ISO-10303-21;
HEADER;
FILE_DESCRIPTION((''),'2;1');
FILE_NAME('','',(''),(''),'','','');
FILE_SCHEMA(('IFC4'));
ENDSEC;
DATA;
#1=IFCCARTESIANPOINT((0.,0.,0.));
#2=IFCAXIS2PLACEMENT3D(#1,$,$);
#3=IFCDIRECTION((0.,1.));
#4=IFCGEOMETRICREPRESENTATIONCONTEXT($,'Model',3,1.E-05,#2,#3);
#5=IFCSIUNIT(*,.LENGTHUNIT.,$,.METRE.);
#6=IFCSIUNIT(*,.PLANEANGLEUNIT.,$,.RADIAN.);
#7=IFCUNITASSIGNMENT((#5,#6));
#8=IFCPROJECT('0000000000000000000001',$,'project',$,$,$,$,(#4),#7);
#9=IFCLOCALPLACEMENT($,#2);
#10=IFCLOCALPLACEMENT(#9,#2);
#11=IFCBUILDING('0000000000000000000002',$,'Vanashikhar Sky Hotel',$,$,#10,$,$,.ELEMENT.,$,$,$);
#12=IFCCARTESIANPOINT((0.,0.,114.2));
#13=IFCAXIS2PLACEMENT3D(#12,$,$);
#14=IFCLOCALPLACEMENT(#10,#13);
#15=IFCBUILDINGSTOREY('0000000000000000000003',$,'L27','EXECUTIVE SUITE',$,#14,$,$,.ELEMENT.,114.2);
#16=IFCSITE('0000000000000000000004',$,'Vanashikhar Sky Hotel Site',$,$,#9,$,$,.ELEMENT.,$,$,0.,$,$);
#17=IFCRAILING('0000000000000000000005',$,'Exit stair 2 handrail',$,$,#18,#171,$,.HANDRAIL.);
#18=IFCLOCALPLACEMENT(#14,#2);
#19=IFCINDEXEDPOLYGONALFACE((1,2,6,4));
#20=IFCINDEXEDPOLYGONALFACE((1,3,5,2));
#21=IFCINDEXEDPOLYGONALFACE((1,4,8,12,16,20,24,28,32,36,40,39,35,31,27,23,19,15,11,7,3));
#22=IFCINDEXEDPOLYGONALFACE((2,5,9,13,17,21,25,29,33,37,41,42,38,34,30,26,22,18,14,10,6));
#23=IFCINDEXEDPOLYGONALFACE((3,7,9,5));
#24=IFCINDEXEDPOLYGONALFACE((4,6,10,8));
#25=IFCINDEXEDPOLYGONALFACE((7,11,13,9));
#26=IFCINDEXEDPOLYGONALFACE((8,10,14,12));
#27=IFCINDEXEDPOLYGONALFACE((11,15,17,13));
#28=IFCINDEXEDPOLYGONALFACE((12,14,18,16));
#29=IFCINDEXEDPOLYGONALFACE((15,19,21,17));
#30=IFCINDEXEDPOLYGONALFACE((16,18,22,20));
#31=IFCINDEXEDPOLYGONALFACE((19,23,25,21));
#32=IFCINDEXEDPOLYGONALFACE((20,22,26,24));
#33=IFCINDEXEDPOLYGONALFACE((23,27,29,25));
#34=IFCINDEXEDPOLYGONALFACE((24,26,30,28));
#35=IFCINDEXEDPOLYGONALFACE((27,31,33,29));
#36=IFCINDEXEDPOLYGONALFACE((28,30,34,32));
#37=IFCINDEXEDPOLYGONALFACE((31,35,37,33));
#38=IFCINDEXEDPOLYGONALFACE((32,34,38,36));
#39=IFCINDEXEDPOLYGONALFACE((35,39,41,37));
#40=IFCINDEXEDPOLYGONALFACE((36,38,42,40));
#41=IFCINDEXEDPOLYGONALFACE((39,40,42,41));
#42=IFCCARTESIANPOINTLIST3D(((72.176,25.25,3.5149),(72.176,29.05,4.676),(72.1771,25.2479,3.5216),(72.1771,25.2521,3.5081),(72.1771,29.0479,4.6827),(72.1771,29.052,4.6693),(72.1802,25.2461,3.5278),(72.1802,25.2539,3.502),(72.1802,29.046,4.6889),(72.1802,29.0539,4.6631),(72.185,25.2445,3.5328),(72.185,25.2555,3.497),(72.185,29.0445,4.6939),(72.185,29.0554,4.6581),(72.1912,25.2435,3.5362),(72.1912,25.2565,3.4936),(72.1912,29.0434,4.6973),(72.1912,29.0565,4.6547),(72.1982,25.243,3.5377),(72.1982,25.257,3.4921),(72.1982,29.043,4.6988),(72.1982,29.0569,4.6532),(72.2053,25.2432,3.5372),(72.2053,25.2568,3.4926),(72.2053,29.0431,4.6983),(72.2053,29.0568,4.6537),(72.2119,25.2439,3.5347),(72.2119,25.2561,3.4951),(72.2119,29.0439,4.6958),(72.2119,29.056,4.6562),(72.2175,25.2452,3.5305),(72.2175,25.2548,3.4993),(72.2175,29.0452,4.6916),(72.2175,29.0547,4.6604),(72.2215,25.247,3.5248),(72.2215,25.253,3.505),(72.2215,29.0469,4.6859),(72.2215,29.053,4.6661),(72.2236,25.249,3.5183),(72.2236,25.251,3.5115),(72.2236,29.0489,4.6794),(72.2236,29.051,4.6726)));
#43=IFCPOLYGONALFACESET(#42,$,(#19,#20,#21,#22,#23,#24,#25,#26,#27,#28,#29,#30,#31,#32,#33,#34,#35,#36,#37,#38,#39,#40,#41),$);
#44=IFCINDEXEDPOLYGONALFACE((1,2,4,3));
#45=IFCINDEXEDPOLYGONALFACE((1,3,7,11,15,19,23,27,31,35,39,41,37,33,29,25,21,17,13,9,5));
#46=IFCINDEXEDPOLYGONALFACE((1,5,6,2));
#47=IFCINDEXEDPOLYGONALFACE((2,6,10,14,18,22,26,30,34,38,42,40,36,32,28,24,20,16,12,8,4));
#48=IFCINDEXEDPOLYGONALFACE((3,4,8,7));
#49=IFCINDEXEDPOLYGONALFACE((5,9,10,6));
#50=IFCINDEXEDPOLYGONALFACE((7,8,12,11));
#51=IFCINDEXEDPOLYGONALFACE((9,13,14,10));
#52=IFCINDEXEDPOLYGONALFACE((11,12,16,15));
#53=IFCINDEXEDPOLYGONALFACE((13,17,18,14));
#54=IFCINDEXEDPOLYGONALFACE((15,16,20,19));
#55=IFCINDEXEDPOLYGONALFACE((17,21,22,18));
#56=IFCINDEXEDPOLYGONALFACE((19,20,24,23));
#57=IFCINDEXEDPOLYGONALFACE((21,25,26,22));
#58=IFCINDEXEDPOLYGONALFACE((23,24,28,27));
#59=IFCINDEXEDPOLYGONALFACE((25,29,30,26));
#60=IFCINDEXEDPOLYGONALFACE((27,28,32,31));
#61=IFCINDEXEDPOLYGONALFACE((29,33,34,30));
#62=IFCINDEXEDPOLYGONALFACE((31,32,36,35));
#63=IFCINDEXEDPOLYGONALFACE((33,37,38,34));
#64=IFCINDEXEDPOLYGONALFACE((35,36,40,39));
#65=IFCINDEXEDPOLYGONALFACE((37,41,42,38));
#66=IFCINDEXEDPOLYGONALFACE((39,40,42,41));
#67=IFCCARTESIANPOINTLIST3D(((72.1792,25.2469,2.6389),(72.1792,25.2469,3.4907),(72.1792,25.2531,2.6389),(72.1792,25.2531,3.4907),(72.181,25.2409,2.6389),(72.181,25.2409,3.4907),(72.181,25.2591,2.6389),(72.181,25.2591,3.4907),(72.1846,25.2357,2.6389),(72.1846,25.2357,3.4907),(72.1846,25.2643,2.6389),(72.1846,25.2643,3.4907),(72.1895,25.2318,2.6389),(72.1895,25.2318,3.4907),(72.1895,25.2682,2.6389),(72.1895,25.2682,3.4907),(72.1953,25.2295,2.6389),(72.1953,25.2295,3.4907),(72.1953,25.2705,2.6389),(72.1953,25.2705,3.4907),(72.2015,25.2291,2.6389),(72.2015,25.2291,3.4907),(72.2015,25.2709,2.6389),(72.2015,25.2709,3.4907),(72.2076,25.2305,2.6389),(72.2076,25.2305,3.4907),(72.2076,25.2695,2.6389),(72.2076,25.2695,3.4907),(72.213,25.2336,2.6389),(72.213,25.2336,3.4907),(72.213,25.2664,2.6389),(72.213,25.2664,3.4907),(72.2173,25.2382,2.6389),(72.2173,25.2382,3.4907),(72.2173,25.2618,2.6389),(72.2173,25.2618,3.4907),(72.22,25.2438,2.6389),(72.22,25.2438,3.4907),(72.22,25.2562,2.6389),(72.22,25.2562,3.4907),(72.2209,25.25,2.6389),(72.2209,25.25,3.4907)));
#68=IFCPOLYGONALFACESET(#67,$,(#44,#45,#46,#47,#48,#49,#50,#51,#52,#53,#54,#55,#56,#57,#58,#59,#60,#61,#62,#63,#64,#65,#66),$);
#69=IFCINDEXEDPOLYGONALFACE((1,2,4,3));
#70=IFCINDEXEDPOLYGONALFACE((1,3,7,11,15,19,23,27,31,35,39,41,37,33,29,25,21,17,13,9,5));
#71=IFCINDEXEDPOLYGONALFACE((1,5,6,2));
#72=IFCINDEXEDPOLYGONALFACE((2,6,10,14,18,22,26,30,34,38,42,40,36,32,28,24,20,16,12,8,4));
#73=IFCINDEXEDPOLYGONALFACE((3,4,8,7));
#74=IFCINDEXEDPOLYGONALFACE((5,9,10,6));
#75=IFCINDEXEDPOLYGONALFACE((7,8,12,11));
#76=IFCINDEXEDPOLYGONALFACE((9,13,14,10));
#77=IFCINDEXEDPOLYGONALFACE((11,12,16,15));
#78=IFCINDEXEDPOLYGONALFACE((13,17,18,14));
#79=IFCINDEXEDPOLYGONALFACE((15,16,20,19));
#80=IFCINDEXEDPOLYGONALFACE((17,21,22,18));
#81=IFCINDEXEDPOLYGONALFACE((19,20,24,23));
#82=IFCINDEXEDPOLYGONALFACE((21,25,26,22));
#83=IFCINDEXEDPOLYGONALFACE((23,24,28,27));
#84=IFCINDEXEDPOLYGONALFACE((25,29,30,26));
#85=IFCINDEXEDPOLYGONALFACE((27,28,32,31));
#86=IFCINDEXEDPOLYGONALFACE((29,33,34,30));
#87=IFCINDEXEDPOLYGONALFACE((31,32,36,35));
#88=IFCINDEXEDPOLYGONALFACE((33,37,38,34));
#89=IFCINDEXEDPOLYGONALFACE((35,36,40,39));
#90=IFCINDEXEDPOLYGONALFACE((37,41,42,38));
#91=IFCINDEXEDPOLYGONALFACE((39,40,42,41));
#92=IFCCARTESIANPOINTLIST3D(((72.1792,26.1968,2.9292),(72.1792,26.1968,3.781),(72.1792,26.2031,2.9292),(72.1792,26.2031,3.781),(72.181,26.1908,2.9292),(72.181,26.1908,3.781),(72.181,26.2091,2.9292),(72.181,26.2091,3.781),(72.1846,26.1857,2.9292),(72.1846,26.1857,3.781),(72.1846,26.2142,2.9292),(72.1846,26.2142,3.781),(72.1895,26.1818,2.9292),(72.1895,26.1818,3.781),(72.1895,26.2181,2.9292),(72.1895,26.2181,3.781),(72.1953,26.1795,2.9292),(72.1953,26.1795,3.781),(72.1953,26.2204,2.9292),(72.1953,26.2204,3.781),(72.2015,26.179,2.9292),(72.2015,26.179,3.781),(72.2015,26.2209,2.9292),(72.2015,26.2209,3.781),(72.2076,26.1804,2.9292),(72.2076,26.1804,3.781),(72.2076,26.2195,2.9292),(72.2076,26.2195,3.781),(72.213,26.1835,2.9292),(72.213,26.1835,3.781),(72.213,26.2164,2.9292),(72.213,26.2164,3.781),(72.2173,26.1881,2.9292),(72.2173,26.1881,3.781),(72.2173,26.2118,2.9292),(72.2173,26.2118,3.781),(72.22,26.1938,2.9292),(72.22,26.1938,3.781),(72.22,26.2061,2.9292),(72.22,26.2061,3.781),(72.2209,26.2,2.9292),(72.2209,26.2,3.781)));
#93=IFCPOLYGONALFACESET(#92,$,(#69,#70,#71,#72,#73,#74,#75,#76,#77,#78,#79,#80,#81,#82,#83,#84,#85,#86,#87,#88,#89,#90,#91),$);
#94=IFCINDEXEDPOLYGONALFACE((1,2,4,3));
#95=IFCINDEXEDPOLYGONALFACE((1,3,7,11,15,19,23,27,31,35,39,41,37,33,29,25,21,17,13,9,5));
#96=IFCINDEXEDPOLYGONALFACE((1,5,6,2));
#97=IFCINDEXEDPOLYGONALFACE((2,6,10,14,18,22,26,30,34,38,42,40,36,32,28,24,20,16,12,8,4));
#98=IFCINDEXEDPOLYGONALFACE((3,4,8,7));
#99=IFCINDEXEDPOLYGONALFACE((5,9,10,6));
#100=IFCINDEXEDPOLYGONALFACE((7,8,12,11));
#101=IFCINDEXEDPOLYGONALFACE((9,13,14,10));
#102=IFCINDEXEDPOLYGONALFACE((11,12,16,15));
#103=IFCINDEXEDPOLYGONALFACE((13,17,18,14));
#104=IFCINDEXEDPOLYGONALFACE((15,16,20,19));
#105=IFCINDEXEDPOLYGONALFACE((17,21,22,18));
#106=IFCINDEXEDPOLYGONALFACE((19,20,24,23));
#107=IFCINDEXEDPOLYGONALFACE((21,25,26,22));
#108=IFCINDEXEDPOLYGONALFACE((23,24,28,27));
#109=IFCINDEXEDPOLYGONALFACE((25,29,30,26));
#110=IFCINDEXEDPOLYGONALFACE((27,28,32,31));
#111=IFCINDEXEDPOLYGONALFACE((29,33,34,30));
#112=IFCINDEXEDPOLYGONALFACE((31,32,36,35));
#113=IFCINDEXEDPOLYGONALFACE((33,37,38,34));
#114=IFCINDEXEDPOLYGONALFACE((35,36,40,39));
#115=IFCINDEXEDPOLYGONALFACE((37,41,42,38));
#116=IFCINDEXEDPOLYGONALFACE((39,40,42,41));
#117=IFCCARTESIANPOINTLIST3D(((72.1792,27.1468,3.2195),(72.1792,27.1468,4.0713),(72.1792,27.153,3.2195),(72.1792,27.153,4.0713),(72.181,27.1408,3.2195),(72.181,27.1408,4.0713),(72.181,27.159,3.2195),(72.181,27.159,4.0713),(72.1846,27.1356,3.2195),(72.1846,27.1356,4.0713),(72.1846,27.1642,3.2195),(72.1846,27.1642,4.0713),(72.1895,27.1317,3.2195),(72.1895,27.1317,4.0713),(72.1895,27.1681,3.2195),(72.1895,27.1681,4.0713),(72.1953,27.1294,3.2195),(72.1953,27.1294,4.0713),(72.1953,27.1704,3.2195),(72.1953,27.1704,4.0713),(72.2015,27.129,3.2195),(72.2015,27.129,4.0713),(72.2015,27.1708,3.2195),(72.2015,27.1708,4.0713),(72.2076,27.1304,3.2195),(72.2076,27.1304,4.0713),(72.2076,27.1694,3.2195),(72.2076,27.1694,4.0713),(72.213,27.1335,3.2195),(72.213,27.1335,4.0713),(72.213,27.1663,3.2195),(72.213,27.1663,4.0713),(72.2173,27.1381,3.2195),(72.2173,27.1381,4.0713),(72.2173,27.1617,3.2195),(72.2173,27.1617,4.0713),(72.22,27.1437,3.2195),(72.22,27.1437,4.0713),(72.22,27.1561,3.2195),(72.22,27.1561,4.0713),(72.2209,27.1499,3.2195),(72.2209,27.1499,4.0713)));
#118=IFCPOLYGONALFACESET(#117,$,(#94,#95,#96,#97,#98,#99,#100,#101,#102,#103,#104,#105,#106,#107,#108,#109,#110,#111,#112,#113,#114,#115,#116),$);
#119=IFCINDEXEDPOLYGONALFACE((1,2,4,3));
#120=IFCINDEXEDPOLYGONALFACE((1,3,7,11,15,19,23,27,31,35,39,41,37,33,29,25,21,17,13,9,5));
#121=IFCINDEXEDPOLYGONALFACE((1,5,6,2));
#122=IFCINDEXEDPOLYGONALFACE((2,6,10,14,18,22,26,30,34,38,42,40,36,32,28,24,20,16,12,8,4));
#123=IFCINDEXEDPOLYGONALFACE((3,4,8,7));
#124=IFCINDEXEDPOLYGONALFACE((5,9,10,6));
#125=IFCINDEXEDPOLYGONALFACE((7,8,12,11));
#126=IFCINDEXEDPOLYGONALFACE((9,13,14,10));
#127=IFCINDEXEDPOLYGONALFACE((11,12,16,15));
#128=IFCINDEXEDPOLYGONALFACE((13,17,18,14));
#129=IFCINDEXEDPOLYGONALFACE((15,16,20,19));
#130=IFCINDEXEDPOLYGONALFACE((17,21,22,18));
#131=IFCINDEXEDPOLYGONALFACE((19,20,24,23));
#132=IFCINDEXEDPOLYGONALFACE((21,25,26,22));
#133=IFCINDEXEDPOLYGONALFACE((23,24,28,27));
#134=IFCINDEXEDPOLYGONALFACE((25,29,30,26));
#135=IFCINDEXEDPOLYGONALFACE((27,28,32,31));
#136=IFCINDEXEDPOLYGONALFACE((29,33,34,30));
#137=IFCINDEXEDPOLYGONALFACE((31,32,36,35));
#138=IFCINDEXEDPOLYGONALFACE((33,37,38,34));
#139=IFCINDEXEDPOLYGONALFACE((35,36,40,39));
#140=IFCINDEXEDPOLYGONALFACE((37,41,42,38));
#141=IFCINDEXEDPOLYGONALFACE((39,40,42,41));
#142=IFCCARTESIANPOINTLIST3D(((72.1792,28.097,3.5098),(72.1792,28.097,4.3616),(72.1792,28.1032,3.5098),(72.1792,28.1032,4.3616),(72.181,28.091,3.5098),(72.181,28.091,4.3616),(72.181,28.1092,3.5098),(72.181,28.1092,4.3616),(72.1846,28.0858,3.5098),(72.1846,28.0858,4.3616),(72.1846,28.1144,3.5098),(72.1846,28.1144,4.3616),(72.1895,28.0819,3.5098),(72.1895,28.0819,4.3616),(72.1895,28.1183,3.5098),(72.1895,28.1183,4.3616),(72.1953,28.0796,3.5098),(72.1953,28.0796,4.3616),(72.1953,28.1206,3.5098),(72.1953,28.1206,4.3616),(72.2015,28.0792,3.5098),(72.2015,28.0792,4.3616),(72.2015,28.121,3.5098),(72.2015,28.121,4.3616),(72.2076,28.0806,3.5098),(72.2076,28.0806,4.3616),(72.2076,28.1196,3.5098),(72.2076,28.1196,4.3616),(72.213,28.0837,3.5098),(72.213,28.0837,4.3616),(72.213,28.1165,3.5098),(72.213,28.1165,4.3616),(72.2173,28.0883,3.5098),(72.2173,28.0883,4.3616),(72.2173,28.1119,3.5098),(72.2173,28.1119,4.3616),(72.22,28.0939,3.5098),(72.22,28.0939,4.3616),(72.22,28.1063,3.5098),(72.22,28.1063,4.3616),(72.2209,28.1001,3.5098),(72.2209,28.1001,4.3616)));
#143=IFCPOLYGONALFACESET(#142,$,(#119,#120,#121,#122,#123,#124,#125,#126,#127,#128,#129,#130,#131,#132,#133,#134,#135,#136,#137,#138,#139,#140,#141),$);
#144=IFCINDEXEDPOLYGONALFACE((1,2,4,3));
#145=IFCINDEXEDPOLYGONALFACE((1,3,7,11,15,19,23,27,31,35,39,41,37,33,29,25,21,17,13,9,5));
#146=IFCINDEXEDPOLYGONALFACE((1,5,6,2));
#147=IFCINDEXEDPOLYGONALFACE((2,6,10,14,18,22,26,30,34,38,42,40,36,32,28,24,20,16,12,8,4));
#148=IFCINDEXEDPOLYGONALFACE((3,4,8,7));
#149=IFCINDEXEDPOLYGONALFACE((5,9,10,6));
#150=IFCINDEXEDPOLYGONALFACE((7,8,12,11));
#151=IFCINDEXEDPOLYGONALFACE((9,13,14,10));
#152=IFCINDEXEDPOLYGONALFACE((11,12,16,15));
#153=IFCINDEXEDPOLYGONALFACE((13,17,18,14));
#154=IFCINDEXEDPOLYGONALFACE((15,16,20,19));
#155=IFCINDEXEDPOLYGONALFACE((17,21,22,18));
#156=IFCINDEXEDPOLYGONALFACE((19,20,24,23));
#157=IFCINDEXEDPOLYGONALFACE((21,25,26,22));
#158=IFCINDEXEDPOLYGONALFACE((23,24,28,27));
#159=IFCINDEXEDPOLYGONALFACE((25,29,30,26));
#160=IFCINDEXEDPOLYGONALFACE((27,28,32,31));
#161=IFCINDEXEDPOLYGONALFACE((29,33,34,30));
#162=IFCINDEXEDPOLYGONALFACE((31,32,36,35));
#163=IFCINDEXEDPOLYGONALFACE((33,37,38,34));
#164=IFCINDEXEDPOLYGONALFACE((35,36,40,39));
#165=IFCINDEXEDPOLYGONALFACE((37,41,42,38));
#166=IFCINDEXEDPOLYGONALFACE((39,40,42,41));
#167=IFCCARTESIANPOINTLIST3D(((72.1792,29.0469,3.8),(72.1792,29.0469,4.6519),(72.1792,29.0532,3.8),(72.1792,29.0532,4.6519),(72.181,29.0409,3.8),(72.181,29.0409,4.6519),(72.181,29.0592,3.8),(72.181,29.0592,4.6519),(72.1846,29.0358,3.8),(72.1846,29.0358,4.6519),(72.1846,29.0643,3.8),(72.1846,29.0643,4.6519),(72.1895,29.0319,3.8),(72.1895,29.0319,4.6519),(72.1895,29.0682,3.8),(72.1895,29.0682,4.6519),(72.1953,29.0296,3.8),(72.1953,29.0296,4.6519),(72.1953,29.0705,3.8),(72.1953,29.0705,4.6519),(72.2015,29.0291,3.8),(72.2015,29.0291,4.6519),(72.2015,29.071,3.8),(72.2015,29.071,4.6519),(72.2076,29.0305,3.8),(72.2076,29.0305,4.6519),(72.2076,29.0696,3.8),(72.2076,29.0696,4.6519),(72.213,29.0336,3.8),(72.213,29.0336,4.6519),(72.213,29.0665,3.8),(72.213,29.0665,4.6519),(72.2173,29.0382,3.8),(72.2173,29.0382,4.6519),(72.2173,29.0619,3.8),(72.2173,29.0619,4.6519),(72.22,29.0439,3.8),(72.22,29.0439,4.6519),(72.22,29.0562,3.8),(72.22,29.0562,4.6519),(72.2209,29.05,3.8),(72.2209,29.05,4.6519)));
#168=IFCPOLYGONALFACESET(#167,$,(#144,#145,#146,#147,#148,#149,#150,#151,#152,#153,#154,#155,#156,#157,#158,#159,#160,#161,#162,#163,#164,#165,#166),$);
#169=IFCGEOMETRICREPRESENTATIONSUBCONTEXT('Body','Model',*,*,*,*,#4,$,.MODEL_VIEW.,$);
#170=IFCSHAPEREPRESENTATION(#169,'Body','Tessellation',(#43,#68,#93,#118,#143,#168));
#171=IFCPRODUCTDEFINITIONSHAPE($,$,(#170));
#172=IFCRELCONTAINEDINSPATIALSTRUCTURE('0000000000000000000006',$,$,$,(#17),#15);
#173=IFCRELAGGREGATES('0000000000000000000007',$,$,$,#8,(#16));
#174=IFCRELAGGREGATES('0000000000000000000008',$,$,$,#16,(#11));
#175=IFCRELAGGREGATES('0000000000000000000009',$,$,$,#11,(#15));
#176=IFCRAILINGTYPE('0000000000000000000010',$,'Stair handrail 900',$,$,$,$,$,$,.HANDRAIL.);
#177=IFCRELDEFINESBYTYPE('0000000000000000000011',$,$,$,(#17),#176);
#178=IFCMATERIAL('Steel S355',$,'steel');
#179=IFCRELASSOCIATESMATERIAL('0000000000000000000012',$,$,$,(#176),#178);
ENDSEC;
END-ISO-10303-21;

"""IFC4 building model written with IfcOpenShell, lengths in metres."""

from ifc_helpers import new_model, si_unit, direction, frame, origin, origin_2d, place, context, subcontext, project, spatial, circle, extrude, source, transform, mapped, material, type_object, element, save


model = new_model("IFC4")

# Units and contexts
model_context = context("Model", 3, precision=1e-05, world=origin(), true_north=direction((0.0, 1.0)))
body_context = subcontext(model_context, "Body", "Model", "MODEL_VIEW")
ifc_project = project(units=[si_unit("LENGTHUNIT", "METRE"), si_unit("PLANEANGLEUNIT", "RADIAN")], contexts=[model_context])

# Site, building, storey
site_placement = place(None, origin())
site = spatial("IfcSite", under=ifc_project, at=site_placement, Name="Vanashikhar Sky Hotel Site", CompositionType="ELEMENT", RefElevation=0.0)
building_placement = place(site_placement, origin())
building = spatial("IfcBuilding", under=site, at=building_placement, Name="Vanashikhar Sky Hotel", CompositionType="ELEMENT")
storey_placement = place(building_placement, frame((0.0, 0.0, 114.2)))
storey = spatial("IfcBuildingStorey", under=building, at=storey_placement, Name="L27", Description="EXECUTIVE SUITE", CompositionType="ELEMENT", Elevation=114.2)

# Railing
ifc_material_1 = material(Name="Steel S355", Category="steel")
railing_type_1 = type_object("IfcRailingType", Name="Stair handrail 900", PredefinedType="HANDRAIL", material=ifc_material_1)
shared_shape_1 = source(origin(), body_context, "Body", "SweptSolid", [
    extrude(circle(Radius=0.0239, at=origin_2d()), frame((0.0, 0.0, 0.876), z_axis=(0.0, 0.956351, 0.29222), x_axis=(-1.0, 0.0, 0.0)), (0.0, 0.0, 1.0), 3.9734),
    extrude(circle(Radius=0.021, at=origin_2d()), origin(), (0.0, 0.0, 1.0), 0.8518),
    extrude(circle(Radius=0.021, at=origin_2d()), frame((0.0, 0.95, 0.2903)), (0.0, 0.0, 1.0), 0.8518),
    extrude(circle(Radius=0.021, at=origin_2d()), frame((0.0, 1.8999, 0.5806)), (0.0, 0.0, 1.0), 0.8518),
    extrude(circle(Radius=0.021, at=origin_2d()), frame((0.0, 2.8501, 0.8708)), (0.0, 0.0, 1.0), 0.8518),
    extrude(circle(Radius=0.021, at=origin_2d()), frame((0.0, 3.8, 1.1611)), (0.0, 0.0, 1.0), 0.8518),
])
for number, where, name in (
    (1, (72.2, 25.25, 2.6389), "Exit stair 2 handrail"),
):
    element("IfcRailing", number, at=place(storey_placement, frame(where)), inside=storey, type_object=railing_type_1, Name=name, PredefinedType="HANDRAIL", context=body_context, shape_type="MappedRepresentation", body=[
        mapped(shared_shape_1, transform((0.0, 0.0, 0.0), scale=1.0)),
    ])

save(model, "model.ifc")
